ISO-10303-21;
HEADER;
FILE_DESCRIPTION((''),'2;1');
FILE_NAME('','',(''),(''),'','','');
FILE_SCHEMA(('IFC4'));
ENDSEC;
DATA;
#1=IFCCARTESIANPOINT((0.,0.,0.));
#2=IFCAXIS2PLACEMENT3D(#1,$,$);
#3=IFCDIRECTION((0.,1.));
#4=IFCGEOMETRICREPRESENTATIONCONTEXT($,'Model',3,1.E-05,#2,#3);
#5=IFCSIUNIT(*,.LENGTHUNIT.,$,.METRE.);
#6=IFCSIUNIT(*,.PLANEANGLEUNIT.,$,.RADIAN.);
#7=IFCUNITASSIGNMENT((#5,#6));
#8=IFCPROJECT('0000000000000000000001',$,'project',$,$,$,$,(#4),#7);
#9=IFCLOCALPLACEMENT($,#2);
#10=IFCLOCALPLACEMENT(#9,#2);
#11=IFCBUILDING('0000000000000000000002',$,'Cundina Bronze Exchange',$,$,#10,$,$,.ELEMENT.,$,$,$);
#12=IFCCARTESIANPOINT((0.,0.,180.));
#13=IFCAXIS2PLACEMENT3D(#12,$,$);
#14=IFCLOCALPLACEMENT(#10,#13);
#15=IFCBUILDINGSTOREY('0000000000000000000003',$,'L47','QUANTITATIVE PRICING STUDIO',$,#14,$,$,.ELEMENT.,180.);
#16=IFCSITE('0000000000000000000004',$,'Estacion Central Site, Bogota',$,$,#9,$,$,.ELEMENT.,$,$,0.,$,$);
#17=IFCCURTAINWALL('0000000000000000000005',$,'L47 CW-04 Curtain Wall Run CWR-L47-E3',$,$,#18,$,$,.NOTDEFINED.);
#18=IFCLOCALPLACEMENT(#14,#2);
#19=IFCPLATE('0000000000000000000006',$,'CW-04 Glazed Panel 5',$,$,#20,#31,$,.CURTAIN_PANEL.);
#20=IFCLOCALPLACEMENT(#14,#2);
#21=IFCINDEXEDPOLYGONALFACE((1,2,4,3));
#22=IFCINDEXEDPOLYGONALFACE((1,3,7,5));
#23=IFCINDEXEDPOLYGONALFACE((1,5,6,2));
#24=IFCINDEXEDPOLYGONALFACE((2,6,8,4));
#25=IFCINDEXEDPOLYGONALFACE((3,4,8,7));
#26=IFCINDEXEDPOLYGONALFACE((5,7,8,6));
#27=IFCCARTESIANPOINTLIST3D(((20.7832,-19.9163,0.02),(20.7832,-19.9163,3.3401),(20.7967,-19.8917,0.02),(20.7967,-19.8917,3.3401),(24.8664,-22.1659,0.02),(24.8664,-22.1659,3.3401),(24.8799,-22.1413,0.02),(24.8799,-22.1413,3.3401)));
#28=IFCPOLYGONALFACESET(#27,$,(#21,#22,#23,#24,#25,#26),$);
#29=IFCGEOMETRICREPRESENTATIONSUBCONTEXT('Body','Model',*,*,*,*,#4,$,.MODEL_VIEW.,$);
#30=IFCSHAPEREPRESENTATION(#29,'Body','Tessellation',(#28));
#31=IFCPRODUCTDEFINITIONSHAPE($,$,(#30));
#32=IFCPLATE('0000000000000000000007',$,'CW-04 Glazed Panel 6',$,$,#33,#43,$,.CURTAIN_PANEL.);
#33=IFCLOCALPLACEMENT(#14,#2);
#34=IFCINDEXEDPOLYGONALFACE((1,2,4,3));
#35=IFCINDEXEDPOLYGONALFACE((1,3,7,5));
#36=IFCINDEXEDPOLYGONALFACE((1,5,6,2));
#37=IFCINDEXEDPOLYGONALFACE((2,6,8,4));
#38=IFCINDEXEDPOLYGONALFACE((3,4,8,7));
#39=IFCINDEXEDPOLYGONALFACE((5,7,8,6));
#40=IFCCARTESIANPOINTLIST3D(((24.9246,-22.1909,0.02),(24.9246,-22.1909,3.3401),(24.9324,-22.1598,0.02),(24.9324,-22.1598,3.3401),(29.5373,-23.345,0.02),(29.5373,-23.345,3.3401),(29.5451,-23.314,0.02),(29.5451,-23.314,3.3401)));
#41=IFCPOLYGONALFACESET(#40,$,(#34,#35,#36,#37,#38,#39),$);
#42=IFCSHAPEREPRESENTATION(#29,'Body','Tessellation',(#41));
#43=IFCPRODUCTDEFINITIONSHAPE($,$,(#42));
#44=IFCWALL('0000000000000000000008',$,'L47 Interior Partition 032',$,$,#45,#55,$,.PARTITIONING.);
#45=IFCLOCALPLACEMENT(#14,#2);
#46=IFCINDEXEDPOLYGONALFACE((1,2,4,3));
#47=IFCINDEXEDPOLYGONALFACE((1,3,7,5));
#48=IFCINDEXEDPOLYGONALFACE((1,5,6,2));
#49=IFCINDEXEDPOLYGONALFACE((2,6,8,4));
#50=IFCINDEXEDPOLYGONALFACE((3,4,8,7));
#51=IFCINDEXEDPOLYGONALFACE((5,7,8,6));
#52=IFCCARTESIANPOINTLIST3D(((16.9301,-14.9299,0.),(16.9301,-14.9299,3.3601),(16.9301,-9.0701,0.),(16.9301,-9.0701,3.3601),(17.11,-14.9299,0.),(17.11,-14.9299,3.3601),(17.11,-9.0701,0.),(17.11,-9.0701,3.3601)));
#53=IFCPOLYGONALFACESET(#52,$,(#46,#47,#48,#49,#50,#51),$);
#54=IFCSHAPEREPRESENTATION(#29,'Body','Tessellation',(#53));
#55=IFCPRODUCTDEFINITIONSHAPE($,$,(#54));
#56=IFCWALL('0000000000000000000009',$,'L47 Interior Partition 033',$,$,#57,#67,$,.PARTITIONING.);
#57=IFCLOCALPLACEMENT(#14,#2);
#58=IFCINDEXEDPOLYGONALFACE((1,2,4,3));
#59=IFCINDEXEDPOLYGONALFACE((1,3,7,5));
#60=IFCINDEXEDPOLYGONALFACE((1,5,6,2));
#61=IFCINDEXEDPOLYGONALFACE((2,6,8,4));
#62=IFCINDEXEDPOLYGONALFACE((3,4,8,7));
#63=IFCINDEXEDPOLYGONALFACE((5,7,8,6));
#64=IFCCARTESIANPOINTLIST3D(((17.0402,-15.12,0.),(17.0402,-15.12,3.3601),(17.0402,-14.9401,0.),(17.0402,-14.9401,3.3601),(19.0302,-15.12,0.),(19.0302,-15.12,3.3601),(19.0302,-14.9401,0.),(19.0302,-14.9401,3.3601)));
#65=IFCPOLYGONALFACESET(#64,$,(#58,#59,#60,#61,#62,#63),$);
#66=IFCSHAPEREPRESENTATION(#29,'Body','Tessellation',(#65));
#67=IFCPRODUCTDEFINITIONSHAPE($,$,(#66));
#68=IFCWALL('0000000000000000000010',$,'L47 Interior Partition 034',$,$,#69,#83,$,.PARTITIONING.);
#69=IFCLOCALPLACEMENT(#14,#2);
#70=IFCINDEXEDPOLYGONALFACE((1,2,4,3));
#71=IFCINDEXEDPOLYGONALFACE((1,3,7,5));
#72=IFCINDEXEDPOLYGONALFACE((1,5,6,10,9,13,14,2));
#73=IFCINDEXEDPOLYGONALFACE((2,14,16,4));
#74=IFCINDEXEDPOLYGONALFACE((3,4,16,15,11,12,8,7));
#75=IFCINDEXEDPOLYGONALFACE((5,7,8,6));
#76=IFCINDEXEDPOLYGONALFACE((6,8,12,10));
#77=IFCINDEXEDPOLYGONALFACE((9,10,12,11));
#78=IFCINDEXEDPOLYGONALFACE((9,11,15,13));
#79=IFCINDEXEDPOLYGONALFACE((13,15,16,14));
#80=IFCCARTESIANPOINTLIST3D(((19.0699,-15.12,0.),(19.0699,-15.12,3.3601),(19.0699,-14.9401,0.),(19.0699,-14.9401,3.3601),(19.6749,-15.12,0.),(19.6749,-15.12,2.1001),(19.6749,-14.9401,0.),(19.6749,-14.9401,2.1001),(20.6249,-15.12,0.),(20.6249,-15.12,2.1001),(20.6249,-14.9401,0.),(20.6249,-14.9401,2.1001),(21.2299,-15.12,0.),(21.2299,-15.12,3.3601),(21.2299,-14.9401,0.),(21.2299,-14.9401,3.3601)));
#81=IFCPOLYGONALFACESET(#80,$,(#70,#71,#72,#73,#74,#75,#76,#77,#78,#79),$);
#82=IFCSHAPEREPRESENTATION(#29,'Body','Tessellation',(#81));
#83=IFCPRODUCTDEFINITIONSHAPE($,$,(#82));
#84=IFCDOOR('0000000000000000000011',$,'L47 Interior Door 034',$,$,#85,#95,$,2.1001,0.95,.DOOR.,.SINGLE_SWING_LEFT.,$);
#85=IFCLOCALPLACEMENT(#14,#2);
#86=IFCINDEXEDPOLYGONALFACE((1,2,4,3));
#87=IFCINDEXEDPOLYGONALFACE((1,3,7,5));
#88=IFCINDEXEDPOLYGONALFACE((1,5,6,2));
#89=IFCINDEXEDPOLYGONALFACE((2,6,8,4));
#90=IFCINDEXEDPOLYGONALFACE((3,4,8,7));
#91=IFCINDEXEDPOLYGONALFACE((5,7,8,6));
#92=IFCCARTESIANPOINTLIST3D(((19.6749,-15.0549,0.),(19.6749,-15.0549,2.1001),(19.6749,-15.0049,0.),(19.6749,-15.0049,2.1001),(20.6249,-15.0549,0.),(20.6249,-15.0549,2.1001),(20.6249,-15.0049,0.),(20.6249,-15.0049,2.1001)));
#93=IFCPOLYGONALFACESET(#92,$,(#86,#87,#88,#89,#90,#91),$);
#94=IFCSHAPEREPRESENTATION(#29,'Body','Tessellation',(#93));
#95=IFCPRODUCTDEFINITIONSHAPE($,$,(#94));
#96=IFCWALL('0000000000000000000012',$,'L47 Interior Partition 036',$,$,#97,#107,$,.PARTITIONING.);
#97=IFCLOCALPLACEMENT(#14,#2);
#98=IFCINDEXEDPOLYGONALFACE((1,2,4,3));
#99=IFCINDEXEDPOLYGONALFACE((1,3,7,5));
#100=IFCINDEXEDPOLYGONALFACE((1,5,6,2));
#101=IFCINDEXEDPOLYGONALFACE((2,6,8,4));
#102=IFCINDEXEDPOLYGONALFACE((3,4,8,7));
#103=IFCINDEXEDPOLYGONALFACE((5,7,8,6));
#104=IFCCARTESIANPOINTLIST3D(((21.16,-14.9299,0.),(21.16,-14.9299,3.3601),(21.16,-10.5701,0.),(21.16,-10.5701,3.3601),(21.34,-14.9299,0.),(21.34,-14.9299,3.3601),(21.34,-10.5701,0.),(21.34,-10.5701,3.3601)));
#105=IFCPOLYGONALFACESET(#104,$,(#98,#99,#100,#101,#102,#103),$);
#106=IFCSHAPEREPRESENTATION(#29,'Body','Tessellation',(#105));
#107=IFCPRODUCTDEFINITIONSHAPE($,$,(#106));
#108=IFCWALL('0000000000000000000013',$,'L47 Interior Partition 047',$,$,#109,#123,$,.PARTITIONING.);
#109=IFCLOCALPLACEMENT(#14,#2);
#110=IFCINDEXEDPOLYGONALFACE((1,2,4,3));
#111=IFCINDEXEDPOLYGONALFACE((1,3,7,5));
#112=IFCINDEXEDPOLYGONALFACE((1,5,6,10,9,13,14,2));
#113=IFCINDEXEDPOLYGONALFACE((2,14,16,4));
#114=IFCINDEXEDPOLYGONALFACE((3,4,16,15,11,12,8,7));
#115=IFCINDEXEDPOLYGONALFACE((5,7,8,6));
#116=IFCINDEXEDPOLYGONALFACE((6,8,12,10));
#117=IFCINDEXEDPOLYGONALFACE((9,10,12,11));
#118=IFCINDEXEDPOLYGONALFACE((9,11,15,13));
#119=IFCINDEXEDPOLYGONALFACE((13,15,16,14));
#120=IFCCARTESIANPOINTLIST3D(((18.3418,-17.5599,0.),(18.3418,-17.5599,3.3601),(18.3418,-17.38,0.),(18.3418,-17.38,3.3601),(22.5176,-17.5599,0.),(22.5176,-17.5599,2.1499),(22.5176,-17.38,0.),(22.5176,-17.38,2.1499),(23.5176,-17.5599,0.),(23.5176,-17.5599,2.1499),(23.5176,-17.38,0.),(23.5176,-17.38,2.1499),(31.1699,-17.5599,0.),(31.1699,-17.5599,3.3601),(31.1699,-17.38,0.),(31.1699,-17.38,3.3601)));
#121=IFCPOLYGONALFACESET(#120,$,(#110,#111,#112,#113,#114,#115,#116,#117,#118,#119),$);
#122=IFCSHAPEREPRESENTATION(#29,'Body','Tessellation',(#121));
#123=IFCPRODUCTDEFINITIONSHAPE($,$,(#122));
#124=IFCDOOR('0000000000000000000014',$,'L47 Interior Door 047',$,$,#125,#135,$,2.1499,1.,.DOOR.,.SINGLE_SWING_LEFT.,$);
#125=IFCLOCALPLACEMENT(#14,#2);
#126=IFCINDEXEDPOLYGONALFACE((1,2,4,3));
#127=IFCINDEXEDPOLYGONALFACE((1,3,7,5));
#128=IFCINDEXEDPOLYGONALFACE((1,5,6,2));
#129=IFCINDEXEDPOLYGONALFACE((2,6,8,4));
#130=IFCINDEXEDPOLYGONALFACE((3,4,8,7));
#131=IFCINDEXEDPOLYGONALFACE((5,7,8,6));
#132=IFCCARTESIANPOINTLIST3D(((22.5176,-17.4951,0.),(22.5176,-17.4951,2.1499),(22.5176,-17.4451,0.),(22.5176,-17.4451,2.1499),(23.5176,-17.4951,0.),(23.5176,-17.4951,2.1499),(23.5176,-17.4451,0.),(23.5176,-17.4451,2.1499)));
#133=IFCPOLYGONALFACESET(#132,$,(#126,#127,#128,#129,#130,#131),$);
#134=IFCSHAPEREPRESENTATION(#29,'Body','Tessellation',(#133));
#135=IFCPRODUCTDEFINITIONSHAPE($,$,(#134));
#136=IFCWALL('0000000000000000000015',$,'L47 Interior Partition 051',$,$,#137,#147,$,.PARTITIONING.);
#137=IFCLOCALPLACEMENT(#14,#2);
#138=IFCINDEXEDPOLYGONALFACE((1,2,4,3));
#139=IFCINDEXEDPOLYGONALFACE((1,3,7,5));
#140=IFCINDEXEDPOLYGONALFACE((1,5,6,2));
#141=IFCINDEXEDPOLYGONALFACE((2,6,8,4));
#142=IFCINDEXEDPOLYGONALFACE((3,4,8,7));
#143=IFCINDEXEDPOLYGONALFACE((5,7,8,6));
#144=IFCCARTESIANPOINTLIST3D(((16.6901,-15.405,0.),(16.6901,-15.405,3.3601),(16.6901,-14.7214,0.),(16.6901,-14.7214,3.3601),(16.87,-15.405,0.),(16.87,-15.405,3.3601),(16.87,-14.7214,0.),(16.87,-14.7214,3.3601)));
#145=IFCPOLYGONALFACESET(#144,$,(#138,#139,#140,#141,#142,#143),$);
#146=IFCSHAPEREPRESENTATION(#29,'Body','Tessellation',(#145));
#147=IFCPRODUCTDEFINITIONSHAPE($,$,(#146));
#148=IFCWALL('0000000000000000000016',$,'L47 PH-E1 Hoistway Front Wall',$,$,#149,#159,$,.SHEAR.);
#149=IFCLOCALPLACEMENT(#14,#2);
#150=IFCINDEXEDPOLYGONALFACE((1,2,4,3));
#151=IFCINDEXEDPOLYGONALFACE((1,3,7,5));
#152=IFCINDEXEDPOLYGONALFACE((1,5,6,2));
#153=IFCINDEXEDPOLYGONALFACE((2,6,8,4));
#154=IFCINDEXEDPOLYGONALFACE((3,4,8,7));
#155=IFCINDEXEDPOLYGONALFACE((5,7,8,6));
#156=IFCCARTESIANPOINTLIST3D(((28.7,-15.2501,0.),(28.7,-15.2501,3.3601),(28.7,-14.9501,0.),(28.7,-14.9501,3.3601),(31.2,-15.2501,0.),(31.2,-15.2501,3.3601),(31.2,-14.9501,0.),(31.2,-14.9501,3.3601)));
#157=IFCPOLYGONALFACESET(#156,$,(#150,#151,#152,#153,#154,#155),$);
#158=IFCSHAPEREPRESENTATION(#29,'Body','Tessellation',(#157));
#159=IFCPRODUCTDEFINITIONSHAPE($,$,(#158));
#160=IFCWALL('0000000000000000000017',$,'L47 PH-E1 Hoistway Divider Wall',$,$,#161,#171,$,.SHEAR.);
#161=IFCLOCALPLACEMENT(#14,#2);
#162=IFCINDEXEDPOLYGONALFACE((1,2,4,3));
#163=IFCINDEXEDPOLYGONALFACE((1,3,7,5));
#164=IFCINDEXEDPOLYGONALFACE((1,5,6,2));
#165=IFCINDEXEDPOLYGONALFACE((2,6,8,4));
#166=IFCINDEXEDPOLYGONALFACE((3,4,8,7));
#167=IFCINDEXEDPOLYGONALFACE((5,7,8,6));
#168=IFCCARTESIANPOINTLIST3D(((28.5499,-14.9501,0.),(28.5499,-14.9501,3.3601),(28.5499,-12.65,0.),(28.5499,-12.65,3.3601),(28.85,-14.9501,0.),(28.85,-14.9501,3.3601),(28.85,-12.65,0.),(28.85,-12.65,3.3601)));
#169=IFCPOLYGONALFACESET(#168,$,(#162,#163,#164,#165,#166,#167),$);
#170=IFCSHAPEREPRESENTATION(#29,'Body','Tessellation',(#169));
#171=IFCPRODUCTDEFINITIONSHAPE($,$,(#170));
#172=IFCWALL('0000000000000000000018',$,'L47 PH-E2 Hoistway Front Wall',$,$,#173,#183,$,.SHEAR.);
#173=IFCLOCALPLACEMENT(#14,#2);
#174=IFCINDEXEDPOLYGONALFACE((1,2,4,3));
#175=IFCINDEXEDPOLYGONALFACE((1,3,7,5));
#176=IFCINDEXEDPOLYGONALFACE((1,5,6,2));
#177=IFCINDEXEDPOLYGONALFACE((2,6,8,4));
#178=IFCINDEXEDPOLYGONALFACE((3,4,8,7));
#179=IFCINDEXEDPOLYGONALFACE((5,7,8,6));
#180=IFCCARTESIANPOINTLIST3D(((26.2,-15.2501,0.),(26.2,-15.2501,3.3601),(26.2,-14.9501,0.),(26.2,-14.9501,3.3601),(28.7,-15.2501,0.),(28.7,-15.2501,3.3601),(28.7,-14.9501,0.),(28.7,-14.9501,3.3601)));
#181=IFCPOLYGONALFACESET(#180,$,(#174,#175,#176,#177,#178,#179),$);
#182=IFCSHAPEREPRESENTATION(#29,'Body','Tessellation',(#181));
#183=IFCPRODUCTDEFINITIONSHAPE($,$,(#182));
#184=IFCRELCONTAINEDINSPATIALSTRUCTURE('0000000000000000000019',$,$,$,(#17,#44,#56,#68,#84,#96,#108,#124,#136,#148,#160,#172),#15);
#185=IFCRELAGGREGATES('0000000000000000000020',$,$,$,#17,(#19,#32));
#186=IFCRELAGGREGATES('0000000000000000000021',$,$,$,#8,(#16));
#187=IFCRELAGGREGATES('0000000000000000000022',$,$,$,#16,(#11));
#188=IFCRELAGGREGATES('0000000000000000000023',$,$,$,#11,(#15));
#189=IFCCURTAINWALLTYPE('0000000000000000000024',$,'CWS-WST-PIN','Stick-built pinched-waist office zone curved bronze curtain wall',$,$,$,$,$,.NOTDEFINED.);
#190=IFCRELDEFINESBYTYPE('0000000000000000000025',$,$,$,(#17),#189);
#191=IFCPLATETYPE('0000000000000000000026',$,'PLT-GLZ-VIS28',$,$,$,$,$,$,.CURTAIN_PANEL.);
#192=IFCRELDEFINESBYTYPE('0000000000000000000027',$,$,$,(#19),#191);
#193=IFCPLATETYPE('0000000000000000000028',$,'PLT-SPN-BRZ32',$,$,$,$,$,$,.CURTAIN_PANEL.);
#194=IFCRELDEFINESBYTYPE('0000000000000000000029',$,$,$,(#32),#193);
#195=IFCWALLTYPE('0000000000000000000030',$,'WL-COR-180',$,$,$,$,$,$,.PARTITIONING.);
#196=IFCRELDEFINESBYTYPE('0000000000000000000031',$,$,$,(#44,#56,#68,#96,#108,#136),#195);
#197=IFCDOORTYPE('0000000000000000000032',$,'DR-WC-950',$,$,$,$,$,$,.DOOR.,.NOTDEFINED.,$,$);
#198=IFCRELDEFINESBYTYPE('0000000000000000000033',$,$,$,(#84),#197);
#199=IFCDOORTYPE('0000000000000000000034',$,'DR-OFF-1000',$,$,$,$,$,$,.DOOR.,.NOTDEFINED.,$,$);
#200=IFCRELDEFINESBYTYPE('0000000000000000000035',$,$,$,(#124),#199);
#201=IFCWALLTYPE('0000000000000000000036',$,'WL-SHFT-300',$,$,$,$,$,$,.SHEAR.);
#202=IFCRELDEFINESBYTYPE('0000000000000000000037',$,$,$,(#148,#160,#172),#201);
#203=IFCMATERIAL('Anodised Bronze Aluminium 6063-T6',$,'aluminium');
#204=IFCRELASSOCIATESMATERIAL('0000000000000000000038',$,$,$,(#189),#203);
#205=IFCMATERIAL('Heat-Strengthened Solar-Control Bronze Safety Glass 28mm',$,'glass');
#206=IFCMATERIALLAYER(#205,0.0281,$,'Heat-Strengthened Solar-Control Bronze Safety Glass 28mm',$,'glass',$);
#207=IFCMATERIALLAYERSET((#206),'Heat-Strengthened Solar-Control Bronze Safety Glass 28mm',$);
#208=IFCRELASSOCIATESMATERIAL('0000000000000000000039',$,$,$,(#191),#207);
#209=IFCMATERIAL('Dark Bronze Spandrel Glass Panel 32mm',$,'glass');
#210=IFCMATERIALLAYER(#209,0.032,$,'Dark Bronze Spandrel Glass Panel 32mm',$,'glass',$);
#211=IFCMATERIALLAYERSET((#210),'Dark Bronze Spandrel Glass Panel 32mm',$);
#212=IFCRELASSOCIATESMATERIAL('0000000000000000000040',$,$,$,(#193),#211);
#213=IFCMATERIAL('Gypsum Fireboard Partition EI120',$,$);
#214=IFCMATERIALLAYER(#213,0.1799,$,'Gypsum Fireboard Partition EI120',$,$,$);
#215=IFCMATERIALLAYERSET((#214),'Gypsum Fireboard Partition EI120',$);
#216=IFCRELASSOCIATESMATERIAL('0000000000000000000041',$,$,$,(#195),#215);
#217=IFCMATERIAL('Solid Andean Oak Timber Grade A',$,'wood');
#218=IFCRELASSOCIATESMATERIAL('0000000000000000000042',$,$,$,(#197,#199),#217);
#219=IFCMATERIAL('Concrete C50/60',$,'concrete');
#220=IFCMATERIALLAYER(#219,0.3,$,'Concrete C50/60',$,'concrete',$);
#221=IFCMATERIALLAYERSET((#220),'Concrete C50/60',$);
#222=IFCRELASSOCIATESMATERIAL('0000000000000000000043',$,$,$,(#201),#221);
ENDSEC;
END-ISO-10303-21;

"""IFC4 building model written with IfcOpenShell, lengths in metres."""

from ifc_helpers import new_model, si_unit, direction, frame, frame_2d, origin, origin_2d, place, context, subcontext, project, spatial, rectangle, extrude, material, layer, layer_set, type_object, element, fill, aggregate, save


model = new_model("IFC4")

# Units and contexts
model_context = context("Model", 3, precision=1e-05, world=origin(), true_north=direction((0.0, 1.0)))
body_context = subcontext(model_context, "Body", "Model", "MODEL_VIEW")
ifc_project = project(units=[si_unit("LENGTHUNIT", "METRE"), si_unit("PLANEANGLEUNIT", "RADIAN")], contexts=[model_context])

# Site, building, storey
site_placement = place(None, origin())
site = spatial("IfcSite", under=ifc_project, at=site_placement, Name="Estacion Central Site, Bogota", CompositionType="ELEMENT", RefElevation=0.0)
building_placement = place(site_placement, origin())
building = spatial("IfcBuilding", under=site, at=building_placement, Name="Cundina Bronze Exchange", CompositionType="ELEMENT")
storey_placement = place(building_placement, frame((0.0, 0.0, 180.0)))
storey = spatial("IfcBuildingStorey", under=building, at=storey_placement, Name="L47", Description="QUANTITATIVE PRICING STUDIO", CompositionType="ELEMENT", Elevation=180.0)

# Shared definitions
ifc_material_1 = material(Name="Concrete C50/60", Category="concrete")

# Curtain wall, plates
ifc_material_2 = material(Name="Anodised Bronze Aluminium 6063-T6", Category="aluminium")
curtain_wall_type = type_object("IfcCurtainWallType", Name="CWS-WST-PIN", Description="Stick-built pinched-waist office zone curved bronze curtain wall", PredefinedType="NOTDEFINED", material=ifc_material_2)
curtain_wall_placement = place(storey_placement, origin())
curtain_wall = element("IfcCurtainWall", 1, at=curtain_wall_placement, inside=storey, type_object=curtain_wall_type, Name="L47 CW-04 Curtain Wall Run CWR-L47-E3", PredefinedType="NOTDEFINED")
ifc_material_3 = material(Name="Heat-Strengthened Solar-Control Bronze Safety Glass 28mm", Category="glass")
ifc_layer_1 = layer(ifc_material_3, 0.0281, Name="Heat-Strengthened Solar-Control Bronze Safety Glass 28mm", Category="glass")
ifc_layer_set_1 = layer_set([ifc_layer_1], Name="Heat-Strengthened Solar-Control Bronze Safety Glass 28mm")
plate_type_1 = type_object("IfcPlateType", Name="PLT-GLZ-VIS28", PredefinedType="CURTAIN_PANEL", material=ifc_layer_set_1)
plate_1_placement = place(storey_placement, frame((22.8315, -21.0288, 0.02), z_axis=(0.0, 0.0, 1.0), x_axis=(0.875869, -0.482549, 0.0)))
plate_1 = element("IfcPlate", 2, at=plate_1_placement, type_object=plate_type_1, Name="CW-04 Glazed Panel 5", PredefinedType="CURTAIN_PANEL", context=body_context, shape_type="SweptSolid", body=[
    extrude(rectangle(XDim=4.6619, YDim=0.0281, at=origin_2d()), origin(), (0.0, 0.0, 1.0), 3.3201),
])
ifc_material_4 = material(Name="Dark Bronze Spandrel Glass Panel 32mm", Category="glass")
ifc_layer_2 = layer(ifc_material_4, 0.032, Name="Dark Bronze Spandrel Glass Panel 32mm", Category="glass")
ifc_layer_set_2 = layer_set([ifc_layer_2], Name="Dark Bronze Spandrel Glass Panel 32mm")
plate_type_2 = type_object("IfcPlateType", Name="PLT-SPN-BRZ32", PredefinedType="CURTAIN_PANEL", material=ifc_layer_set_2)
plate_2_placement = place(storey_placement, frame((27.2349, -22.7524, 0.02), z_axis=(0.0, 0.0, 1.0), x_axis=(0.970093, -0.242735, 0.0)))
plate_2 = element("IfcPlate", 3, at=plate_2_placement, type_object=plate_type_2, Name="CW-04 Glazed Panel 6", PredefinedType="CURTAIN_PANEL", context=body_context, shape_type="SweptSolid", body=[
    extrude(rectangle(XDim=4.7549, YDim=0.032, at=origin_2d()), origin(), (0.0, 0.0, 1.0), 3.3201),
])
aggregate(curtain_wall, [plate_1, plate_2])

# Walls
ifc_material_5 = material(Name="Gypsum Fireboard Partition EI120")
ifc_layer_3 = layer(ifc_material_5, 0.1799, Name="Gypsum Fireboard Partition EI120")
ifc_layer_set_3 = layer_set([ifc_layer_3], Name="Gypsum Fireboard Partition EI120")
wall_type_1 = type_object("IfcWallType", Name="WL-COR-180", PredefinedType="PARTITIONING", material=ifc_layer_set_3)
wall_1_placement = place(storey_placement, frame((17.02, -14.9299, 0.0), z_axis=(0.0, 0.0, 1.0), x_axis=(0.0, 1.0, 0.0)))
element("IfcWall", 4, at=wall_1_placement, inside=storey, type_object=wall_type_1, Name="L47 Interior Partition 032", PredefinedType="PARTITIONING", context=body_context, shape_type="SweptSolid", body=[
    extrude(rectangle(XDim=5.8599, YDim=0.1799, at=frame_2d((2.9299, 0.0))), origin(), (0.0, 0.0, 1.0), 3.3601),
])
wall_2_placement = place(storey_placement, frame((17.04, -15.03, 0.0), z_axis=(0.0, 0.0, 1.0), x_axis=(1.0, 0.0, 0.0)))
element("IfcWall", 5, at=wall_2_placement, inside=storey, type_object=wall_type_1, Name="L47 Interior Partition 033", PredefinedType="PARTITIONING", context=body_context, shape_type="SweptSolid", body=[
    extrude(rectangle(XDim=1.99, YDim=0.1799, at=frame_2d((0.9951, 0.0))), origin(), (0.0, 0.0, 1.0), 3.3601),
])

# Wall, opening, door
wall_3_placement = place(storey_placement, frame((21.23, -15.03, 0.0), z_axis=(0.0, 0.0, 1.0), x_axis=(-1.0, 0.0, 0.0)))
wall_3 = element("IfcWall", 6, at=wall_3_placement, inside=storey, type_object=wall_type_1, Name="L47 Interior Partition 034", PredefinedType="PARTITIONING", context=body_context, shape_type="SweptSolid", body=[
    extrude(rectangle(XDim=2.1599, YDim=0.1799, at=frame_2d((1.0801, 0.0))), origin(), (0.0, 0.0, 1.0), 3.3601),
])
opening_1_placement = place(wall_3_placement, frame((0.605, 0.0, 0.0)))
opening_1 = element("IfcOpeningElement", 7, at=opening_1_placement, cuts=wall_3, PredefinedType="OPENING", context=body_context, shape_type="SweptSolid", body=[
    extrude(rectangle(XDim=0.95, YDim=2.1001, at=frame_2d((0.4751, 1.05))), frame((0.0, 0.0999, 0.0), z_axis=(0.0, -1.0, 0.0), x_axis=(1.0, 0.0, 0.0)), (0.0, 0.0, 1.0), 0.2),
])
ifc_material_6 = material(Name="Solid Andean Oak Timber Grade A", Category="wood")
door_type_1 = type_object("IfcDoorType", Name="DR-WC-950", OperationType="NOTDEFINED", PredefinedType="DOOR", material=ifc_material_6)
door_1_placement = place(opening_1_placement, origin())
door_1 = element("IfcDoor", 8, at=door_1_placement, inside=storey, type_object=door_type_1, Name="L47 Interior Door 034", OperationType="SINGLE_SWING_LEFT", OverallHeight=2.1001, OverallWidth=0.95, PredefinedType="DOOR", context=body_context, shape_type="SweptSolid", body=[
    extrude(rectangle(XDim=0.95, YDim=2.1001, at=frame_2d((0.4751, 1.05))), frame((0.0, 0.0249, 0.0), z_axis=(0.0, -1.0, 0.0), x_axis=(1.0, 0.0, 0.0)), (0.0, 0.0, 1.0), 0.05),
])
fill(opening_1, door_1)

# Wall
wall_4_placement = place(storey_placement, frame((21.25, -14.9299, 0.0), z_axis=(0.0, 0.0, 1.0), x_axis=(0.0, 1.0, 0.0)))
element("IfcWall", 9, at=wall_4_placement, inside=storey, type_object=wall_type_1, Name="L47 Interior Partition 036", PredefinedType="PARTITIONING", context=body_context, shape_type="SweptSolid", body=[
    extrude(rectangle(XDim=4.3599, YDim=0.1799, at=frame_2d((2.1799, 0.0))), origin(), (0.0, 0.0, 1.0), 3.3601),
])

# Wall, opening, door
wall_5_placement = place(storey_placement, frame((18.3418, -17.47, 0.0), z_axis=(0.0, 0.0, 1.0), x_axis=(1.0, 0.0, 0.0)))
wall_5 = element("IfcWall", 10, at=wall_5_placement, inside=storey, type_object=wall_type_1, Name="L47 Interior Partition 047", PredefinedType="PARTITIONING", context=body_context, shape_type="SweptSolid", body=[
    extrude(rectangle(XDim=12.8281, YDim=0.1799, at=frame_2d((6.4141, 0.0))), origin(), (0.0, 0.0, 1.0), 3.3601),
])
opening_2_placement = place(wall_5_placement, frame((4.1758, 0.0, 0.0)))
opening_2 = element("IfcOpeningElement", 11, at=opening_2_placement, cuts=wall_5, PredefinedType="OPENING", context=body_context, shape_type="SweptSolid", body=[
    extrude(rectangle(XDim=1.0, YDim=2.1499, at=frame_2d((0.5, 1.075))), frame((0.0, 0.0999, 0.0), z_axis=(0.0, -1.0, 0.0), x_axis=(1.0, 0.0, 0.0)), (0.0, 0.0, 1.0), 0.2),
])
door_type_2 = type_object("IfcDoorType", Name="DR-OFF-1000", OperationType="NOTDEFINED", PredefinedType="DOOR", material=ifc_material_6)
door_2_placement = place(opening_2_placement, origin())
door_2 = element("IfcDoor", 12, at=door_2_placement, inside=storey, type_object=door_type_2, Name="L47 Interior Door 047", OperationType="SINGLE_SWING_LEFT", OverallHeight=2.1499, OverallWidth=1.0, PredefinedType="DOOR", context=body_context, shape_type="SweptSolid", body=[
    extrude(rectangle(XDim=1.0, YDim=2.1499, at=frame_2d((0.5, 1.075))), frame((0.0, 0.0249, 0.0), z_axis=(0.0, -1.0, 0.0), x_axis=(1.0, 0.0, 0.0)), (0.0, 0.0, 1.0), 0.05),
])
fill(opening_2, door_2)

# Walls
wall_6_placement = place(storey_placement, frame((16.78, -14.7214, 0.0), z_axis=(0.0, 0.0, 1.0), x_axis=(0.0, -1.0, 0.0)))
element("IfcWall", 13, at=wall_6_placement, inside=storey, type_object=wall_type_1, Name="L47 Interior Partition 051", PredefinedType="PARTITIONING", context=body_context, shape_type="SweptSolid", body=[
    extrude(rectangle(XDim=0.6836, YDim=0.1799, at=frame_2d((0.3418, 0.0))), origin(), (0.0, 0.0, 1.0), 3.3601),
])
ifc_layer_4 = layer(ifc_material_1, 0.3, Name="Concrete C50/60", Category="concrete")
ifc_layer_set_4 = layer_set([ifc_layer_4], Name="Concrete C50/60")
wall_type_2 = type_object("IfcWallType", Name="WL-SHFT-300", PredefinedType="SHEAR", material=ifc_layer_set_4)
wall_7_placement = place(storey_placement, frame((28.7, -15.1001, 0.0), z_axis=(0.0, 0.0, 1.0), x_axis=(1.0, 0.0, 0.0)))
element("IfcWall", 14, at=wall_7_placement, inside=storey, type_object=wall_type_2, Name="L47 PH-E1 Hoistway Front Wall", PredefinedType="SHEAR", context=body_context, shape_type="SweptSolid", body=[
    extrude(rectangle(XDim=2.5, YDim=0.3, at=frame_2d((1.25, 0.0))), origin(), (0.0, 0.0, 1.0), 3.3601),
])
wall_8_placement = place(storey_placement, frame((28.7, -14.95, 0.0), z_axis=(0.0, 0.0, 1.0), x_axis=(0.0, 1.0, 0.0)))
element("IfcWall", 15, at=wall_8_placement, inside=storey, type_object=wall_type_2, Name="L47 PH-E1 Hoistway Divider Wall", PredefinedType="SHEAR", context=body_context, shape_type="SweptSolid", body=[
    extrude(rectangle(XDim=2.3, YDim=0.3, at=frame_2d((1.1499, 0.0))), origin(), (0.0, 0.0, 1.0), 3.3601),
])
wall_9_placement = place(storey_placement, frame((26.2, -15.1001, 0.0), z_axis=(0.0, 0.0, 1.0), x_axis=(1.0, 0.0, 0.0)))
element("IfcWall", 16, at=wall_9_placement, inside=storey, type_object=wall_type_2, Name="L47 PH-E2 Hoistway Front Wall", PredefinedType="SHEAR", context=body_context, shape_type="SweptSolid", body=[
    extrude(rectangle(XDim=2.5, YDim=0.3, at=frame_2d((1.25, 0.0))), origin(), (0.0, 0.0, 1.0), 3.3601),
])

save(model, "model.ifc")
